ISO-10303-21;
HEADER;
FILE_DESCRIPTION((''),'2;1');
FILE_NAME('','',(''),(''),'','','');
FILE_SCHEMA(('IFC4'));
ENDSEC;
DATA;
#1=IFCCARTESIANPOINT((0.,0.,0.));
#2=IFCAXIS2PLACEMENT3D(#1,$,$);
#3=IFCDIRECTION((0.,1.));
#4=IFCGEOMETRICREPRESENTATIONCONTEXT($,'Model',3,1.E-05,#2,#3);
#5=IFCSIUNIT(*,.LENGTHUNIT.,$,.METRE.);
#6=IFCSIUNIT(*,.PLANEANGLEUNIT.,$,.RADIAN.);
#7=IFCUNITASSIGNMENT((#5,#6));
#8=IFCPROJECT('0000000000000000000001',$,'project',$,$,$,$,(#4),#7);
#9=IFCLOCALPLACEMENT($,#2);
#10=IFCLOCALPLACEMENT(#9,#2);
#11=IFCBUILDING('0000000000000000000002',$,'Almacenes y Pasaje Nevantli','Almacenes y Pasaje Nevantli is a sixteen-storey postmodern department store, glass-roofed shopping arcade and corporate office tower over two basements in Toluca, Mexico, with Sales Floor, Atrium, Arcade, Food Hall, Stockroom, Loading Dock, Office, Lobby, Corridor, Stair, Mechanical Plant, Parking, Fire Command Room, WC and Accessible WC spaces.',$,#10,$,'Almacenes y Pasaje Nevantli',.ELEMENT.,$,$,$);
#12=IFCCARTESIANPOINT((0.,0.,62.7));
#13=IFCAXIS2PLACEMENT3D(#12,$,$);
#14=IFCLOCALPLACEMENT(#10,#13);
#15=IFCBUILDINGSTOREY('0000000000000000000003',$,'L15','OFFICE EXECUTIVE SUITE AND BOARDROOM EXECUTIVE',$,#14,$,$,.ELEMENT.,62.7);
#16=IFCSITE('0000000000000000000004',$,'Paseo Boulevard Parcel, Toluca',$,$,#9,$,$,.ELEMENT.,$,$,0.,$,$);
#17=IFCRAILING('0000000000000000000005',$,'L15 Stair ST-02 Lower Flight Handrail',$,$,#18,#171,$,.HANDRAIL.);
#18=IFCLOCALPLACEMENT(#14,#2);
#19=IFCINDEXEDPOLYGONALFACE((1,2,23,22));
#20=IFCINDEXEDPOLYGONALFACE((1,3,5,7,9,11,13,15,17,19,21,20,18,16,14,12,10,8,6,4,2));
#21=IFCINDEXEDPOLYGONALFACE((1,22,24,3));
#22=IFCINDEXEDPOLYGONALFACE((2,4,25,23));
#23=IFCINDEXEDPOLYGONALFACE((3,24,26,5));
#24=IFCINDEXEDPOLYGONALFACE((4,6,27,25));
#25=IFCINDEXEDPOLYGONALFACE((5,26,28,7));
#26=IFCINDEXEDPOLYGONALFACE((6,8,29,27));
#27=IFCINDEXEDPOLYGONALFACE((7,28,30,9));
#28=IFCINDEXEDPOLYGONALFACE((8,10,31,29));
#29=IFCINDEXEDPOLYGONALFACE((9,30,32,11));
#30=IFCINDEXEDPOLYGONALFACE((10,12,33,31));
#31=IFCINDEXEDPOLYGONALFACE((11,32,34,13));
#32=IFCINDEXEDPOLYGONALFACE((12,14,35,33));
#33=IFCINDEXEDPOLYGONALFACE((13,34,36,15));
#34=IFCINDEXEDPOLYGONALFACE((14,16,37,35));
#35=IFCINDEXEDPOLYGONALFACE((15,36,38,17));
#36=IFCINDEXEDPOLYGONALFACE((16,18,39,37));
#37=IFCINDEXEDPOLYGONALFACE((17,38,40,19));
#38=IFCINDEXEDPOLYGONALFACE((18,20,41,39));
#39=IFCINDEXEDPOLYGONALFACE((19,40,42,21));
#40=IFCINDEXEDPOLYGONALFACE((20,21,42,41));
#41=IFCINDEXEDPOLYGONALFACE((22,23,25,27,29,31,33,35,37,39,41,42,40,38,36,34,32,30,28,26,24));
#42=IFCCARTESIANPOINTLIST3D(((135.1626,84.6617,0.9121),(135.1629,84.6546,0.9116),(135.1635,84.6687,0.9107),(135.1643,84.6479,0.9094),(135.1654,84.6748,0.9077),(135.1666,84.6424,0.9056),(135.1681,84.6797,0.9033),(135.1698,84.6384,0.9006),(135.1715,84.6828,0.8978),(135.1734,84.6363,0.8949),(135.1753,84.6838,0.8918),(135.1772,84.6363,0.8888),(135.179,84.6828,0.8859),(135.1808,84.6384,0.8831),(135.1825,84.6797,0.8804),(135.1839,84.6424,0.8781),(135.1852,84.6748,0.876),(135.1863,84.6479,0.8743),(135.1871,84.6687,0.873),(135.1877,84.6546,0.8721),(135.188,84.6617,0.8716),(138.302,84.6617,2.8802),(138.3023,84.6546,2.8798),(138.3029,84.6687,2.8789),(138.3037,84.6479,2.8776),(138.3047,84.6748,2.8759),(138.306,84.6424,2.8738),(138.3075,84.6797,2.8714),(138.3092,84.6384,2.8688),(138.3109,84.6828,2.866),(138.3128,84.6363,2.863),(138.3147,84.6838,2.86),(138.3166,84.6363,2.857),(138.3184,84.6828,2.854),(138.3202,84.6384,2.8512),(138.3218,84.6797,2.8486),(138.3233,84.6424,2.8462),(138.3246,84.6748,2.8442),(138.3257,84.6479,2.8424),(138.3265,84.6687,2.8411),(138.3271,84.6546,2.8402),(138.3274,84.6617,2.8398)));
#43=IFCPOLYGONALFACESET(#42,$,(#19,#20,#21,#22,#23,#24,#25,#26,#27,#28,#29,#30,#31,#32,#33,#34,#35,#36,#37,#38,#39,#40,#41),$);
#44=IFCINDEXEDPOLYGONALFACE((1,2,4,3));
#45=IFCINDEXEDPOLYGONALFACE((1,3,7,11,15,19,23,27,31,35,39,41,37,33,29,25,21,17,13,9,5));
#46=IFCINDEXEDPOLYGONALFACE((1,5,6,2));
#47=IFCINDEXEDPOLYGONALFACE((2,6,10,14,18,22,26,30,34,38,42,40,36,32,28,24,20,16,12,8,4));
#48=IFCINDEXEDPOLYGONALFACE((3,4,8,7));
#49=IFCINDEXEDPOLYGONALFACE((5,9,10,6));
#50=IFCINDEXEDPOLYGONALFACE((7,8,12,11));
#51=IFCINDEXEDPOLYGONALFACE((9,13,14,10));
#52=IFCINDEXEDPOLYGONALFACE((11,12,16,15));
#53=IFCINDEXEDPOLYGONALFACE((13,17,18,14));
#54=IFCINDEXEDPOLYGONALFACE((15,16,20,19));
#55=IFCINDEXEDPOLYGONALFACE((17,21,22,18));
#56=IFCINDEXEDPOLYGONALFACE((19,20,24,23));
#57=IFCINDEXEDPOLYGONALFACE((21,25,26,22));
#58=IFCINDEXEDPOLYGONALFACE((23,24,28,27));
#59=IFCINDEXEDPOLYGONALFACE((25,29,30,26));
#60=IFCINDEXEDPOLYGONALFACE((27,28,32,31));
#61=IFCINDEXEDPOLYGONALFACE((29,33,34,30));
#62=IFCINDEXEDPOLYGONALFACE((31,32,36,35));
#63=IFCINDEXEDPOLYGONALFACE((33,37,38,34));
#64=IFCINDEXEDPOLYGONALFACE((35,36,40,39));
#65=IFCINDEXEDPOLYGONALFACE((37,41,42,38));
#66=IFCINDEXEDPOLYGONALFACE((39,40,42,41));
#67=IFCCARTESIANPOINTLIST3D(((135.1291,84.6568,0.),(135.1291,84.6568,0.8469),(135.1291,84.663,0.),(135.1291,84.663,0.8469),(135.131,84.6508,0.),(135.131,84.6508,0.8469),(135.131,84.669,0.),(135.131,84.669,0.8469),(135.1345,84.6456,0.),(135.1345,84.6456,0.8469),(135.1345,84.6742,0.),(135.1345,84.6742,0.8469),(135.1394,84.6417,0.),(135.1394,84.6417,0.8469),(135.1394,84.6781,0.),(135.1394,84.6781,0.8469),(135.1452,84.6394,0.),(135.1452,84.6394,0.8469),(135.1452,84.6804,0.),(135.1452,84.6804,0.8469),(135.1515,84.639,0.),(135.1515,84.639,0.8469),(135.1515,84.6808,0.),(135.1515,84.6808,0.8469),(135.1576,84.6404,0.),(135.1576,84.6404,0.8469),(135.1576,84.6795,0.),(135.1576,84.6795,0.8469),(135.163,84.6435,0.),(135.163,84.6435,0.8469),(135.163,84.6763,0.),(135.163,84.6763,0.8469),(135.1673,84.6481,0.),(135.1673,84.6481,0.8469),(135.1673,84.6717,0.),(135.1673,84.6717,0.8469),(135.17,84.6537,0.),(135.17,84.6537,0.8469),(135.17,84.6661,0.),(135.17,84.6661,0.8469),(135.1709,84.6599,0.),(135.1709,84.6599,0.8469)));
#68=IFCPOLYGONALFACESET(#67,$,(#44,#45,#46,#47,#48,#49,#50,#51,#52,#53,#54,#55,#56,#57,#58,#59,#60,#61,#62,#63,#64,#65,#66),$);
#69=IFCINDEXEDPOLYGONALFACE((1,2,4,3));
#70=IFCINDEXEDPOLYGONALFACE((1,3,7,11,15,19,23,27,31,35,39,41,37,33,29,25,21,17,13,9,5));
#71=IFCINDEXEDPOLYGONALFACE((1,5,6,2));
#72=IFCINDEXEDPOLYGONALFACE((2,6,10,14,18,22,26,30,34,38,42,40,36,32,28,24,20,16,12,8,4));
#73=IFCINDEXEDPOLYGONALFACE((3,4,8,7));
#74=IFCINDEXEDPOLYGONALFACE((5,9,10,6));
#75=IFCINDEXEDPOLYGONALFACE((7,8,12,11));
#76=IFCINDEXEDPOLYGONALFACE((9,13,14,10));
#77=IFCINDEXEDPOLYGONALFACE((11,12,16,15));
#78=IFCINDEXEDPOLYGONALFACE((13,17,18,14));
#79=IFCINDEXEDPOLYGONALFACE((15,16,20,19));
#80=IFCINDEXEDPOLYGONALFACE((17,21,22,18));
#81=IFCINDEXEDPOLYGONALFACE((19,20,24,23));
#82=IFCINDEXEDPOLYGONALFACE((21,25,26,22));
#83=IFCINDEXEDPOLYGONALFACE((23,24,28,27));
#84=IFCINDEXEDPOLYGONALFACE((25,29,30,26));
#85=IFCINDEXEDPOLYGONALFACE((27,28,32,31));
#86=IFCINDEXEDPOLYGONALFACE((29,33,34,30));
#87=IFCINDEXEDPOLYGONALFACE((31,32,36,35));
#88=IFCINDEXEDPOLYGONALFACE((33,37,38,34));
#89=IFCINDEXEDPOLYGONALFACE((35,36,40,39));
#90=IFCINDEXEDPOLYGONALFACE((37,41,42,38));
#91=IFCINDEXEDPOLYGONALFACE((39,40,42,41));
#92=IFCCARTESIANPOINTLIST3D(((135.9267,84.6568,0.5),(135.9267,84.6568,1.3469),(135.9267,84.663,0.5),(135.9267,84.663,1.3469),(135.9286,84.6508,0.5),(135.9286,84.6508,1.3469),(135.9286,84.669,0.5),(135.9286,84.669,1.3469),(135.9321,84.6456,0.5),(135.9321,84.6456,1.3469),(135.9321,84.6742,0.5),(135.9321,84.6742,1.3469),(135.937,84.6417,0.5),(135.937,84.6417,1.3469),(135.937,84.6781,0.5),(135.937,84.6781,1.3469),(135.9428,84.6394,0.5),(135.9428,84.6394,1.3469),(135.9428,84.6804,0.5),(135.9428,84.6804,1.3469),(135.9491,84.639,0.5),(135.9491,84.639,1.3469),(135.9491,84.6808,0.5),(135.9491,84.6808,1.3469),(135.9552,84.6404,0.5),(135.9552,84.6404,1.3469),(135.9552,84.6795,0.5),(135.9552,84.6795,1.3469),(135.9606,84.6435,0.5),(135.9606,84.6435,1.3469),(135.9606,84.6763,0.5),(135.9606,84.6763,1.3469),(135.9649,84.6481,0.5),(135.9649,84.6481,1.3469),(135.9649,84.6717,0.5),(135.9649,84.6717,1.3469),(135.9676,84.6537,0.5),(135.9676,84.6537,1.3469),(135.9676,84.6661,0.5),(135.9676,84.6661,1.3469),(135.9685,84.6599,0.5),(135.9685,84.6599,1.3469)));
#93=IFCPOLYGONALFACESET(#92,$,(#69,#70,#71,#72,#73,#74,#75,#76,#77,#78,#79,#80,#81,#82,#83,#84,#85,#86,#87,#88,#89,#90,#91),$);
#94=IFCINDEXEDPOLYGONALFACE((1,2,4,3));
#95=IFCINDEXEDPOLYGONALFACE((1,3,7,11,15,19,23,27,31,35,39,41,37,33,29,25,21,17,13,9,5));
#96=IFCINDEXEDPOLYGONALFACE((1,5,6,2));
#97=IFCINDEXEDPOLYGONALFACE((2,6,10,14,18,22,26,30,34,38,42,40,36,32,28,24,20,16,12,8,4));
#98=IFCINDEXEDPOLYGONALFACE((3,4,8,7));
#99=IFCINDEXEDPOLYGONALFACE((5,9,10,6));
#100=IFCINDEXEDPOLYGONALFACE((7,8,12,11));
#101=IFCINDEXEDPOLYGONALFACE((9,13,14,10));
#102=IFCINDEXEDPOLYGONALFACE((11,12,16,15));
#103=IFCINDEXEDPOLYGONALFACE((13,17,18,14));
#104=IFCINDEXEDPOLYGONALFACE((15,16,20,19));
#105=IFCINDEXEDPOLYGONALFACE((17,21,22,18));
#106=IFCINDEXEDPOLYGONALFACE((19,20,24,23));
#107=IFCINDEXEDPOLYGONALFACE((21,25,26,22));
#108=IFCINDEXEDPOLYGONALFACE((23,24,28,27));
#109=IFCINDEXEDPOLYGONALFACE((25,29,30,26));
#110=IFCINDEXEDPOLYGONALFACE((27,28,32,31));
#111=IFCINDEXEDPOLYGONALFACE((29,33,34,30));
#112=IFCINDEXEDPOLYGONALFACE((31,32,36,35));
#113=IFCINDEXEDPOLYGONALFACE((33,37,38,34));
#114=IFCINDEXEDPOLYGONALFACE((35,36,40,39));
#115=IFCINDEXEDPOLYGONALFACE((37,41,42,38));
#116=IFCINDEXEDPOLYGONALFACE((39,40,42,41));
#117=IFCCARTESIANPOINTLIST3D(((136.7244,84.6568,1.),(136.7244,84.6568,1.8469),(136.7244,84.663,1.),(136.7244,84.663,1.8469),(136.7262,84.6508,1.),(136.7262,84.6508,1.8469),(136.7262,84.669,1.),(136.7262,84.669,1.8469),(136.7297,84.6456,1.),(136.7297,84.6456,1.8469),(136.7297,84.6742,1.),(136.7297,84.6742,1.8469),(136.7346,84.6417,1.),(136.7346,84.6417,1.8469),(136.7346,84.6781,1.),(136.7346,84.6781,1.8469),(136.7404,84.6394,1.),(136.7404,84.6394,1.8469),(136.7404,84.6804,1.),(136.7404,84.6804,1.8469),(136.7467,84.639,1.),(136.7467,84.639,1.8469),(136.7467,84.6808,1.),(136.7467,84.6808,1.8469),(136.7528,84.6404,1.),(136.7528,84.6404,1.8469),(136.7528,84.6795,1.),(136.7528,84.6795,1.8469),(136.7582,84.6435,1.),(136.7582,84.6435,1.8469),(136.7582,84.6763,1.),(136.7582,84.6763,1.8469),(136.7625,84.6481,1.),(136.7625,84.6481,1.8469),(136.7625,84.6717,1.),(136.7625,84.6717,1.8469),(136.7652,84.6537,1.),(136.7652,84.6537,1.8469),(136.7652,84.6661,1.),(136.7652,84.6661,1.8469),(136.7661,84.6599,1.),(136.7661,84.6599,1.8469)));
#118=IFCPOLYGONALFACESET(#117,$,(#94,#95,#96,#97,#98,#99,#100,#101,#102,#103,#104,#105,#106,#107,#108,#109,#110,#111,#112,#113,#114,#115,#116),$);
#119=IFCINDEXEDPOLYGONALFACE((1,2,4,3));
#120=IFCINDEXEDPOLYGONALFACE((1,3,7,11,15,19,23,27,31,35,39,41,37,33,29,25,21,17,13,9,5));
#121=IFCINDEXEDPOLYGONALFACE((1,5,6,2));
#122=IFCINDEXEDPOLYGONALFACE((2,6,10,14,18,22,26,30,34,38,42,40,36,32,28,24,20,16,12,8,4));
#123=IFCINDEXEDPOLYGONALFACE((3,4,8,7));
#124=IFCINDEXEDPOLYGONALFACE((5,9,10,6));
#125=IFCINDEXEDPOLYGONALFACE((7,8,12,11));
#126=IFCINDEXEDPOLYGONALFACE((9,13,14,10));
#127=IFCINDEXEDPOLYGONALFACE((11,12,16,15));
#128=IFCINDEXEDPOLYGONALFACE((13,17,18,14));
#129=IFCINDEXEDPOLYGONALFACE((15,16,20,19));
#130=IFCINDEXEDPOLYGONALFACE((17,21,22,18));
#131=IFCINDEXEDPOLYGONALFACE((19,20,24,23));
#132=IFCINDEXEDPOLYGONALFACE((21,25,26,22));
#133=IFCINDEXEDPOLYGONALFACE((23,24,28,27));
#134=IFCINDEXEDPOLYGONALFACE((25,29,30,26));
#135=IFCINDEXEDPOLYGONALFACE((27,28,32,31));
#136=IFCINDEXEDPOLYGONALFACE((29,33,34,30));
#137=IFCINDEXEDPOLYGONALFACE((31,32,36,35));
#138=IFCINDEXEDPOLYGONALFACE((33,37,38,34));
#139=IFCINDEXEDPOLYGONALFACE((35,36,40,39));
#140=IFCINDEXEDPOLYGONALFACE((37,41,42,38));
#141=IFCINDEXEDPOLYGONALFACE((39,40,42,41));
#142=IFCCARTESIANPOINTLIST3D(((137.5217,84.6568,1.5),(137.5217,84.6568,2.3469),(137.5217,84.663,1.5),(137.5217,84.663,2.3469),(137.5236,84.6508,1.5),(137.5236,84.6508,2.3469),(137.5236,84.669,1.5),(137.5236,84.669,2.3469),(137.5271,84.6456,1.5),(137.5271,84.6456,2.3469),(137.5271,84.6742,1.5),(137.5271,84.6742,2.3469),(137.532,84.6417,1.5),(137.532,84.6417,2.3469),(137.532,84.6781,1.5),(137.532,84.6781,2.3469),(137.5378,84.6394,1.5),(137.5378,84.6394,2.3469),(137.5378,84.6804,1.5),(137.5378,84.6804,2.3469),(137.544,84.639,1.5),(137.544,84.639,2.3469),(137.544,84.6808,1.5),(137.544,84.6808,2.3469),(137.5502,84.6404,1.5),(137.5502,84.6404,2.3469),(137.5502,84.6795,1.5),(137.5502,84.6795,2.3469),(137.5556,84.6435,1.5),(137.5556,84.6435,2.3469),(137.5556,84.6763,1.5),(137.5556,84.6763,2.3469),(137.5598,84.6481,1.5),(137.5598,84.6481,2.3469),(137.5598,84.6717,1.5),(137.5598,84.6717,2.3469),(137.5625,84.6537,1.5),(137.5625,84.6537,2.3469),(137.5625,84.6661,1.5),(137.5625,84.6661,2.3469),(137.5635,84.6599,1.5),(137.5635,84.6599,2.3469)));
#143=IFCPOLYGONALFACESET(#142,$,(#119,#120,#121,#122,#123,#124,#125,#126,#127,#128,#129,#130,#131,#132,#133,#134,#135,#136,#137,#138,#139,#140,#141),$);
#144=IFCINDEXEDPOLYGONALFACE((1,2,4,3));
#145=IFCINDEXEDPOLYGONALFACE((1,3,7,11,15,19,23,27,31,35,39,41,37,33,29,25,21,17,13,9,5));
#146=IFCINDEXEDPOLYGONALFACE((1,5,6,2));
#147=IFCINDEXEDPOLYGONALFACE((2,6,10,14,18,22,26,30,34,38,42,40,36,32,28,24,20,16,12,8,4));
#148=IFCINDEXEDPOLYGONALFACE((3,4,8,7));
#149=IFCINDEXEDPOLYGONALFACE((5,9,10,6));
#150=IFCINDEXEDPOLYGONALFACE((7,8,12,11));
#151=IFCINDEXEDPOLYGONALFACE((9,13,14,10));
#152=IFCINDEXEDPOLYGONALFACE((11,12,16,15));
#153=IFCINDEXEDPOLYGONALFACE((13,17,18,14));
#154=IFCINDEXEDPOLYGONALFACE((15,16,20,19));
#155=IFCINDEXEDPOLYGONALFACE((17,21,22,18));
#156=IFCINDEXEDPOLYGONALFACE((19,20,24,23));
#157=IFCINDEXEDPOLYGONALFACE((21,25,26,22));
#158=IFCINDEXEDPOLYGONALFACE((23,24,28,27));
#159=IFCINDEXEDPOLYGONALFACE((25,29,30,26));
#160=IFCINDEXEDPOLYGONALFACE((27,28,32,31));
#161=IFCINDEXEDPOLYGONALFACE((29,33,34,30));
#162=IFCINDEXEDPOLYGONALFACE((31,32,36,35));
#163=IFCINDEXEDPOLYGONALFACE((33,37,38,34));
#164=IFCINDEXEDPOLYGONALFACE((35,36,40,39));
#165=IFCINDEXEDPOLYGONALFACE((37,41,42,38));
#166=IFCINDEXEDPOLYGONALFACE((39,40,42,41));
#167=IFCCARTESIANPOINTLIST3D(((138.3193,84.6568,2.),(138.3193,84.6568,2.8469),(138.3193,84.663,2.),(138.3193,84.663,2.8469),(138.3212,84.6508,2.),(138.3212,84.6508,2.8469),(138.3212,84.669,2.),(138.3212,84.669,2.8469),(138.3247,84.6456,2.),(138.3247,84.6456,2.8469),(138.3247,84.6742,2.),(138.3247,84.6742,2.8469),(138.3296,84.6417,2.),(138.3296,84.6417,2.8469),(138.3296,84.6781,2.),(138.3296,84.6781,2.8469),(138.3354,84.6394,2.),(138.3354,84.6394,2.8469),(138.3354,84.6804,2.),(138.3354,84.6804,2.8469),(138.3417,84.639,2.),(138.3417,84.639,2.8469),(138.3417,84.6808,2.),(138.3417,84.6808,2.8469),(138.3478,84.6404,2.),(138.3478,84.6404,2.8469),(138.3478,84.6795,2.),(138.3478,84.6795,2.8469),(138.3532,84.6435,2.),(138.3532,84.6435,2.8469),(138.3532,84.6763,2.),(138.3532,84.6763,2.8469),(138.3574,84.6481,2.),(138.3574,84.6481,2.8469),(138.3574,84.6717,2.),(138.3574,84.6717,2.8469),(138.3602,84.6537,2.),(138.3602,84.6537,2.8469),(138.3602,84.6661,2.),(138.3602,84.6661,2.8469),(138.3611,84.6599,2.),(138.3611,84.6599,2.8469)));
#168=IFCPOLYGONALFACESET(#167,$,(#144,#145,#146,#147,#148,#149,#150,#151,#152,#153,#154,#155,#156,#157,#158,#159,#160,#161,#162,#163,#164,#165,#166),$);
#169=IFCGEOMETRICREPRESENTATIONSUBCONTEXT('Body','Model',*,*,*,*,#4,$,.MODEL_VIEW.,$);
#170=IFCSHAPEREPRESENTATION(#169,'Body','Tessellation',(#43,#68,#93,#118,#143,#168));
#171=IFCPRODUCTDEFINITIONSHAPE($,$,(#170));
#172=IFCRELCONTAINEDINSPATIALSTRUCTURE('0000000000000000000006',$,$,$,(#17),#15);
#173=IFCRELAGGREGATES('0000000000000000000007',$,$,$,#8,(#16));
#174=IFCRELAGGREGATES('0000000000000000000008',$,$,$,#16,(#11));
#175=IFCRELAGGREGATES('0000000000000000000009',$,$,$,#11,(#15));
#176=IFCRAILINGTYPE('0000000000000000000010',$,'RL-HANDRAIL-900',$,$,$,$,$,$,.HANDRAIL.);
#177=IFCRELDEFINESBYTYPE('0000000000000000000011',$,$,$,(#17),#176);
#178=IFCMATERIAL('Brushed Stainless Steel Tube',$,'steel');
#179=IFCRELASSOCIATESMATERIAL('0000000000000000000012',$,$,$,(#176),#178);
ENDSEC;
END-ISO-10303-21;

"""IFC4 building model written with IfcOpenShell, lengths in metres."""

from ifc_helpers import new_model, si_unit, direction, frame, origin, origin_2d, place, context, subcontext, project, spatial, circle, extrude, material, type_object, element, save


model = new_model("IFC4")

# Units and contexts
model_context = context("Model", 3, precision=1e-05, world=origin(), true_north=direction((0.0, 1.0)))
body_context = subcontext(model_context, "Body", "Model", "MODEL_VIEW")
ifc_project = project(units=[si_unit("LENGTHUNIT", "METRE"), si_unit("PLANEANGLEUNIT", "RADIAN")], contexts=[model_context])

# Site, building, storey
site_placement = place(None, origin())
site = spatial("IfcSite", under=ifc_project, at=site_placement, Name="Paseo Boulevard Parcel, Toluca", CompositionType="ELEMENT", RefElevation=0.0)
building_placement = place(site_placement, origin())
building = spatial("IfcBuilding", under=site, at=building_placement, Name="Almacenes y Pasaje Nevantli", Description="Almacenes y Pasaje Nevantli is a sixteen-storey postmodern department store, glass-roofed shopping arcade and corporate office tower over two basements in Toluca, Mexico, with Sales Floor, Atrium, Arcade, Food Hall, Stockroom, Loading Dock, Office, Lobby, Corridor, Stair, Mechanical Plant, Parking, Fire Command Room, WC and Accessible WC spaces.", LongName="Almacenes y Pasaje Nevantli", CompositionType="ELEMENT")
storey_placement = place(building_placement, frame((0.0, 0.0, 62.7)))
storey = spatial("IfcBuildingStorey", under=building, at=storey_placement, Name="L15", Description="OFFICE EXECUTIVE SUITE AND BOARDROOM EXECUTIVE", CompositionType="ELEMENT", Elevation=62.7)

# Railing
ifc_material_1 = material(Name="Brushed Stainless Steel Tube", Category="steel")
railing_type_1 = type_object("IfcRailingType", Name="RL-HANDRAIL-900", PredefinedType="HANDRAIL", material=ifc_material_1)
railing_1_placement = place(storey_placement, frame((135.1499, 84.6599, 0.0)))
element("IfcRailing", 1, at=railing_1_placement, inside=storey, type_object=railing_type_1, Name="L15 Stair ST-02 Lower Flight Handrail", PredefinedType="HANDRAIL", context=body_context, shape_type="SweptSolid", body=[
    extrude(circle(Radius=0.0239, at=origin_2d()), frame((0.0254, 0.0, 0.8918), z_axis=(0.847265, 0.0, 0.53117), x_axis=(0.0, 1.0, 0.0)), (0.0, 0.0, 1.0), 3.7053),
    extrude(circle(Radius=0.021, at=origin_2d()), origin(), (0.0, 0.0, 1.0), 0.8469),
    extrude(circle(Radius=0.021, at=origin_2d()), frame((0.7976, 0.0, 0.5)), (0.0, 0.0, 1.0), 0.8469),
    extrude(circle(Radius=0.021, at=origin_2d()), frame((1.5952, 0.0, 1.0)), (0.0, 0.0, 1.0), 0.8469),
    extrude(circle(Radius=0.021, at=origin_2d()), frame((2.3926, 0.0, 1.5)), (0.0, 0.0, 1.0), 0.8469),
    extrude(circle(Radius=0.021, at=origin_2d()), frame((3.1902, 0.0, 2.0)), (0.0, 0.0, 1.0), 0.8469),
])

save(model, "model.ifc")
